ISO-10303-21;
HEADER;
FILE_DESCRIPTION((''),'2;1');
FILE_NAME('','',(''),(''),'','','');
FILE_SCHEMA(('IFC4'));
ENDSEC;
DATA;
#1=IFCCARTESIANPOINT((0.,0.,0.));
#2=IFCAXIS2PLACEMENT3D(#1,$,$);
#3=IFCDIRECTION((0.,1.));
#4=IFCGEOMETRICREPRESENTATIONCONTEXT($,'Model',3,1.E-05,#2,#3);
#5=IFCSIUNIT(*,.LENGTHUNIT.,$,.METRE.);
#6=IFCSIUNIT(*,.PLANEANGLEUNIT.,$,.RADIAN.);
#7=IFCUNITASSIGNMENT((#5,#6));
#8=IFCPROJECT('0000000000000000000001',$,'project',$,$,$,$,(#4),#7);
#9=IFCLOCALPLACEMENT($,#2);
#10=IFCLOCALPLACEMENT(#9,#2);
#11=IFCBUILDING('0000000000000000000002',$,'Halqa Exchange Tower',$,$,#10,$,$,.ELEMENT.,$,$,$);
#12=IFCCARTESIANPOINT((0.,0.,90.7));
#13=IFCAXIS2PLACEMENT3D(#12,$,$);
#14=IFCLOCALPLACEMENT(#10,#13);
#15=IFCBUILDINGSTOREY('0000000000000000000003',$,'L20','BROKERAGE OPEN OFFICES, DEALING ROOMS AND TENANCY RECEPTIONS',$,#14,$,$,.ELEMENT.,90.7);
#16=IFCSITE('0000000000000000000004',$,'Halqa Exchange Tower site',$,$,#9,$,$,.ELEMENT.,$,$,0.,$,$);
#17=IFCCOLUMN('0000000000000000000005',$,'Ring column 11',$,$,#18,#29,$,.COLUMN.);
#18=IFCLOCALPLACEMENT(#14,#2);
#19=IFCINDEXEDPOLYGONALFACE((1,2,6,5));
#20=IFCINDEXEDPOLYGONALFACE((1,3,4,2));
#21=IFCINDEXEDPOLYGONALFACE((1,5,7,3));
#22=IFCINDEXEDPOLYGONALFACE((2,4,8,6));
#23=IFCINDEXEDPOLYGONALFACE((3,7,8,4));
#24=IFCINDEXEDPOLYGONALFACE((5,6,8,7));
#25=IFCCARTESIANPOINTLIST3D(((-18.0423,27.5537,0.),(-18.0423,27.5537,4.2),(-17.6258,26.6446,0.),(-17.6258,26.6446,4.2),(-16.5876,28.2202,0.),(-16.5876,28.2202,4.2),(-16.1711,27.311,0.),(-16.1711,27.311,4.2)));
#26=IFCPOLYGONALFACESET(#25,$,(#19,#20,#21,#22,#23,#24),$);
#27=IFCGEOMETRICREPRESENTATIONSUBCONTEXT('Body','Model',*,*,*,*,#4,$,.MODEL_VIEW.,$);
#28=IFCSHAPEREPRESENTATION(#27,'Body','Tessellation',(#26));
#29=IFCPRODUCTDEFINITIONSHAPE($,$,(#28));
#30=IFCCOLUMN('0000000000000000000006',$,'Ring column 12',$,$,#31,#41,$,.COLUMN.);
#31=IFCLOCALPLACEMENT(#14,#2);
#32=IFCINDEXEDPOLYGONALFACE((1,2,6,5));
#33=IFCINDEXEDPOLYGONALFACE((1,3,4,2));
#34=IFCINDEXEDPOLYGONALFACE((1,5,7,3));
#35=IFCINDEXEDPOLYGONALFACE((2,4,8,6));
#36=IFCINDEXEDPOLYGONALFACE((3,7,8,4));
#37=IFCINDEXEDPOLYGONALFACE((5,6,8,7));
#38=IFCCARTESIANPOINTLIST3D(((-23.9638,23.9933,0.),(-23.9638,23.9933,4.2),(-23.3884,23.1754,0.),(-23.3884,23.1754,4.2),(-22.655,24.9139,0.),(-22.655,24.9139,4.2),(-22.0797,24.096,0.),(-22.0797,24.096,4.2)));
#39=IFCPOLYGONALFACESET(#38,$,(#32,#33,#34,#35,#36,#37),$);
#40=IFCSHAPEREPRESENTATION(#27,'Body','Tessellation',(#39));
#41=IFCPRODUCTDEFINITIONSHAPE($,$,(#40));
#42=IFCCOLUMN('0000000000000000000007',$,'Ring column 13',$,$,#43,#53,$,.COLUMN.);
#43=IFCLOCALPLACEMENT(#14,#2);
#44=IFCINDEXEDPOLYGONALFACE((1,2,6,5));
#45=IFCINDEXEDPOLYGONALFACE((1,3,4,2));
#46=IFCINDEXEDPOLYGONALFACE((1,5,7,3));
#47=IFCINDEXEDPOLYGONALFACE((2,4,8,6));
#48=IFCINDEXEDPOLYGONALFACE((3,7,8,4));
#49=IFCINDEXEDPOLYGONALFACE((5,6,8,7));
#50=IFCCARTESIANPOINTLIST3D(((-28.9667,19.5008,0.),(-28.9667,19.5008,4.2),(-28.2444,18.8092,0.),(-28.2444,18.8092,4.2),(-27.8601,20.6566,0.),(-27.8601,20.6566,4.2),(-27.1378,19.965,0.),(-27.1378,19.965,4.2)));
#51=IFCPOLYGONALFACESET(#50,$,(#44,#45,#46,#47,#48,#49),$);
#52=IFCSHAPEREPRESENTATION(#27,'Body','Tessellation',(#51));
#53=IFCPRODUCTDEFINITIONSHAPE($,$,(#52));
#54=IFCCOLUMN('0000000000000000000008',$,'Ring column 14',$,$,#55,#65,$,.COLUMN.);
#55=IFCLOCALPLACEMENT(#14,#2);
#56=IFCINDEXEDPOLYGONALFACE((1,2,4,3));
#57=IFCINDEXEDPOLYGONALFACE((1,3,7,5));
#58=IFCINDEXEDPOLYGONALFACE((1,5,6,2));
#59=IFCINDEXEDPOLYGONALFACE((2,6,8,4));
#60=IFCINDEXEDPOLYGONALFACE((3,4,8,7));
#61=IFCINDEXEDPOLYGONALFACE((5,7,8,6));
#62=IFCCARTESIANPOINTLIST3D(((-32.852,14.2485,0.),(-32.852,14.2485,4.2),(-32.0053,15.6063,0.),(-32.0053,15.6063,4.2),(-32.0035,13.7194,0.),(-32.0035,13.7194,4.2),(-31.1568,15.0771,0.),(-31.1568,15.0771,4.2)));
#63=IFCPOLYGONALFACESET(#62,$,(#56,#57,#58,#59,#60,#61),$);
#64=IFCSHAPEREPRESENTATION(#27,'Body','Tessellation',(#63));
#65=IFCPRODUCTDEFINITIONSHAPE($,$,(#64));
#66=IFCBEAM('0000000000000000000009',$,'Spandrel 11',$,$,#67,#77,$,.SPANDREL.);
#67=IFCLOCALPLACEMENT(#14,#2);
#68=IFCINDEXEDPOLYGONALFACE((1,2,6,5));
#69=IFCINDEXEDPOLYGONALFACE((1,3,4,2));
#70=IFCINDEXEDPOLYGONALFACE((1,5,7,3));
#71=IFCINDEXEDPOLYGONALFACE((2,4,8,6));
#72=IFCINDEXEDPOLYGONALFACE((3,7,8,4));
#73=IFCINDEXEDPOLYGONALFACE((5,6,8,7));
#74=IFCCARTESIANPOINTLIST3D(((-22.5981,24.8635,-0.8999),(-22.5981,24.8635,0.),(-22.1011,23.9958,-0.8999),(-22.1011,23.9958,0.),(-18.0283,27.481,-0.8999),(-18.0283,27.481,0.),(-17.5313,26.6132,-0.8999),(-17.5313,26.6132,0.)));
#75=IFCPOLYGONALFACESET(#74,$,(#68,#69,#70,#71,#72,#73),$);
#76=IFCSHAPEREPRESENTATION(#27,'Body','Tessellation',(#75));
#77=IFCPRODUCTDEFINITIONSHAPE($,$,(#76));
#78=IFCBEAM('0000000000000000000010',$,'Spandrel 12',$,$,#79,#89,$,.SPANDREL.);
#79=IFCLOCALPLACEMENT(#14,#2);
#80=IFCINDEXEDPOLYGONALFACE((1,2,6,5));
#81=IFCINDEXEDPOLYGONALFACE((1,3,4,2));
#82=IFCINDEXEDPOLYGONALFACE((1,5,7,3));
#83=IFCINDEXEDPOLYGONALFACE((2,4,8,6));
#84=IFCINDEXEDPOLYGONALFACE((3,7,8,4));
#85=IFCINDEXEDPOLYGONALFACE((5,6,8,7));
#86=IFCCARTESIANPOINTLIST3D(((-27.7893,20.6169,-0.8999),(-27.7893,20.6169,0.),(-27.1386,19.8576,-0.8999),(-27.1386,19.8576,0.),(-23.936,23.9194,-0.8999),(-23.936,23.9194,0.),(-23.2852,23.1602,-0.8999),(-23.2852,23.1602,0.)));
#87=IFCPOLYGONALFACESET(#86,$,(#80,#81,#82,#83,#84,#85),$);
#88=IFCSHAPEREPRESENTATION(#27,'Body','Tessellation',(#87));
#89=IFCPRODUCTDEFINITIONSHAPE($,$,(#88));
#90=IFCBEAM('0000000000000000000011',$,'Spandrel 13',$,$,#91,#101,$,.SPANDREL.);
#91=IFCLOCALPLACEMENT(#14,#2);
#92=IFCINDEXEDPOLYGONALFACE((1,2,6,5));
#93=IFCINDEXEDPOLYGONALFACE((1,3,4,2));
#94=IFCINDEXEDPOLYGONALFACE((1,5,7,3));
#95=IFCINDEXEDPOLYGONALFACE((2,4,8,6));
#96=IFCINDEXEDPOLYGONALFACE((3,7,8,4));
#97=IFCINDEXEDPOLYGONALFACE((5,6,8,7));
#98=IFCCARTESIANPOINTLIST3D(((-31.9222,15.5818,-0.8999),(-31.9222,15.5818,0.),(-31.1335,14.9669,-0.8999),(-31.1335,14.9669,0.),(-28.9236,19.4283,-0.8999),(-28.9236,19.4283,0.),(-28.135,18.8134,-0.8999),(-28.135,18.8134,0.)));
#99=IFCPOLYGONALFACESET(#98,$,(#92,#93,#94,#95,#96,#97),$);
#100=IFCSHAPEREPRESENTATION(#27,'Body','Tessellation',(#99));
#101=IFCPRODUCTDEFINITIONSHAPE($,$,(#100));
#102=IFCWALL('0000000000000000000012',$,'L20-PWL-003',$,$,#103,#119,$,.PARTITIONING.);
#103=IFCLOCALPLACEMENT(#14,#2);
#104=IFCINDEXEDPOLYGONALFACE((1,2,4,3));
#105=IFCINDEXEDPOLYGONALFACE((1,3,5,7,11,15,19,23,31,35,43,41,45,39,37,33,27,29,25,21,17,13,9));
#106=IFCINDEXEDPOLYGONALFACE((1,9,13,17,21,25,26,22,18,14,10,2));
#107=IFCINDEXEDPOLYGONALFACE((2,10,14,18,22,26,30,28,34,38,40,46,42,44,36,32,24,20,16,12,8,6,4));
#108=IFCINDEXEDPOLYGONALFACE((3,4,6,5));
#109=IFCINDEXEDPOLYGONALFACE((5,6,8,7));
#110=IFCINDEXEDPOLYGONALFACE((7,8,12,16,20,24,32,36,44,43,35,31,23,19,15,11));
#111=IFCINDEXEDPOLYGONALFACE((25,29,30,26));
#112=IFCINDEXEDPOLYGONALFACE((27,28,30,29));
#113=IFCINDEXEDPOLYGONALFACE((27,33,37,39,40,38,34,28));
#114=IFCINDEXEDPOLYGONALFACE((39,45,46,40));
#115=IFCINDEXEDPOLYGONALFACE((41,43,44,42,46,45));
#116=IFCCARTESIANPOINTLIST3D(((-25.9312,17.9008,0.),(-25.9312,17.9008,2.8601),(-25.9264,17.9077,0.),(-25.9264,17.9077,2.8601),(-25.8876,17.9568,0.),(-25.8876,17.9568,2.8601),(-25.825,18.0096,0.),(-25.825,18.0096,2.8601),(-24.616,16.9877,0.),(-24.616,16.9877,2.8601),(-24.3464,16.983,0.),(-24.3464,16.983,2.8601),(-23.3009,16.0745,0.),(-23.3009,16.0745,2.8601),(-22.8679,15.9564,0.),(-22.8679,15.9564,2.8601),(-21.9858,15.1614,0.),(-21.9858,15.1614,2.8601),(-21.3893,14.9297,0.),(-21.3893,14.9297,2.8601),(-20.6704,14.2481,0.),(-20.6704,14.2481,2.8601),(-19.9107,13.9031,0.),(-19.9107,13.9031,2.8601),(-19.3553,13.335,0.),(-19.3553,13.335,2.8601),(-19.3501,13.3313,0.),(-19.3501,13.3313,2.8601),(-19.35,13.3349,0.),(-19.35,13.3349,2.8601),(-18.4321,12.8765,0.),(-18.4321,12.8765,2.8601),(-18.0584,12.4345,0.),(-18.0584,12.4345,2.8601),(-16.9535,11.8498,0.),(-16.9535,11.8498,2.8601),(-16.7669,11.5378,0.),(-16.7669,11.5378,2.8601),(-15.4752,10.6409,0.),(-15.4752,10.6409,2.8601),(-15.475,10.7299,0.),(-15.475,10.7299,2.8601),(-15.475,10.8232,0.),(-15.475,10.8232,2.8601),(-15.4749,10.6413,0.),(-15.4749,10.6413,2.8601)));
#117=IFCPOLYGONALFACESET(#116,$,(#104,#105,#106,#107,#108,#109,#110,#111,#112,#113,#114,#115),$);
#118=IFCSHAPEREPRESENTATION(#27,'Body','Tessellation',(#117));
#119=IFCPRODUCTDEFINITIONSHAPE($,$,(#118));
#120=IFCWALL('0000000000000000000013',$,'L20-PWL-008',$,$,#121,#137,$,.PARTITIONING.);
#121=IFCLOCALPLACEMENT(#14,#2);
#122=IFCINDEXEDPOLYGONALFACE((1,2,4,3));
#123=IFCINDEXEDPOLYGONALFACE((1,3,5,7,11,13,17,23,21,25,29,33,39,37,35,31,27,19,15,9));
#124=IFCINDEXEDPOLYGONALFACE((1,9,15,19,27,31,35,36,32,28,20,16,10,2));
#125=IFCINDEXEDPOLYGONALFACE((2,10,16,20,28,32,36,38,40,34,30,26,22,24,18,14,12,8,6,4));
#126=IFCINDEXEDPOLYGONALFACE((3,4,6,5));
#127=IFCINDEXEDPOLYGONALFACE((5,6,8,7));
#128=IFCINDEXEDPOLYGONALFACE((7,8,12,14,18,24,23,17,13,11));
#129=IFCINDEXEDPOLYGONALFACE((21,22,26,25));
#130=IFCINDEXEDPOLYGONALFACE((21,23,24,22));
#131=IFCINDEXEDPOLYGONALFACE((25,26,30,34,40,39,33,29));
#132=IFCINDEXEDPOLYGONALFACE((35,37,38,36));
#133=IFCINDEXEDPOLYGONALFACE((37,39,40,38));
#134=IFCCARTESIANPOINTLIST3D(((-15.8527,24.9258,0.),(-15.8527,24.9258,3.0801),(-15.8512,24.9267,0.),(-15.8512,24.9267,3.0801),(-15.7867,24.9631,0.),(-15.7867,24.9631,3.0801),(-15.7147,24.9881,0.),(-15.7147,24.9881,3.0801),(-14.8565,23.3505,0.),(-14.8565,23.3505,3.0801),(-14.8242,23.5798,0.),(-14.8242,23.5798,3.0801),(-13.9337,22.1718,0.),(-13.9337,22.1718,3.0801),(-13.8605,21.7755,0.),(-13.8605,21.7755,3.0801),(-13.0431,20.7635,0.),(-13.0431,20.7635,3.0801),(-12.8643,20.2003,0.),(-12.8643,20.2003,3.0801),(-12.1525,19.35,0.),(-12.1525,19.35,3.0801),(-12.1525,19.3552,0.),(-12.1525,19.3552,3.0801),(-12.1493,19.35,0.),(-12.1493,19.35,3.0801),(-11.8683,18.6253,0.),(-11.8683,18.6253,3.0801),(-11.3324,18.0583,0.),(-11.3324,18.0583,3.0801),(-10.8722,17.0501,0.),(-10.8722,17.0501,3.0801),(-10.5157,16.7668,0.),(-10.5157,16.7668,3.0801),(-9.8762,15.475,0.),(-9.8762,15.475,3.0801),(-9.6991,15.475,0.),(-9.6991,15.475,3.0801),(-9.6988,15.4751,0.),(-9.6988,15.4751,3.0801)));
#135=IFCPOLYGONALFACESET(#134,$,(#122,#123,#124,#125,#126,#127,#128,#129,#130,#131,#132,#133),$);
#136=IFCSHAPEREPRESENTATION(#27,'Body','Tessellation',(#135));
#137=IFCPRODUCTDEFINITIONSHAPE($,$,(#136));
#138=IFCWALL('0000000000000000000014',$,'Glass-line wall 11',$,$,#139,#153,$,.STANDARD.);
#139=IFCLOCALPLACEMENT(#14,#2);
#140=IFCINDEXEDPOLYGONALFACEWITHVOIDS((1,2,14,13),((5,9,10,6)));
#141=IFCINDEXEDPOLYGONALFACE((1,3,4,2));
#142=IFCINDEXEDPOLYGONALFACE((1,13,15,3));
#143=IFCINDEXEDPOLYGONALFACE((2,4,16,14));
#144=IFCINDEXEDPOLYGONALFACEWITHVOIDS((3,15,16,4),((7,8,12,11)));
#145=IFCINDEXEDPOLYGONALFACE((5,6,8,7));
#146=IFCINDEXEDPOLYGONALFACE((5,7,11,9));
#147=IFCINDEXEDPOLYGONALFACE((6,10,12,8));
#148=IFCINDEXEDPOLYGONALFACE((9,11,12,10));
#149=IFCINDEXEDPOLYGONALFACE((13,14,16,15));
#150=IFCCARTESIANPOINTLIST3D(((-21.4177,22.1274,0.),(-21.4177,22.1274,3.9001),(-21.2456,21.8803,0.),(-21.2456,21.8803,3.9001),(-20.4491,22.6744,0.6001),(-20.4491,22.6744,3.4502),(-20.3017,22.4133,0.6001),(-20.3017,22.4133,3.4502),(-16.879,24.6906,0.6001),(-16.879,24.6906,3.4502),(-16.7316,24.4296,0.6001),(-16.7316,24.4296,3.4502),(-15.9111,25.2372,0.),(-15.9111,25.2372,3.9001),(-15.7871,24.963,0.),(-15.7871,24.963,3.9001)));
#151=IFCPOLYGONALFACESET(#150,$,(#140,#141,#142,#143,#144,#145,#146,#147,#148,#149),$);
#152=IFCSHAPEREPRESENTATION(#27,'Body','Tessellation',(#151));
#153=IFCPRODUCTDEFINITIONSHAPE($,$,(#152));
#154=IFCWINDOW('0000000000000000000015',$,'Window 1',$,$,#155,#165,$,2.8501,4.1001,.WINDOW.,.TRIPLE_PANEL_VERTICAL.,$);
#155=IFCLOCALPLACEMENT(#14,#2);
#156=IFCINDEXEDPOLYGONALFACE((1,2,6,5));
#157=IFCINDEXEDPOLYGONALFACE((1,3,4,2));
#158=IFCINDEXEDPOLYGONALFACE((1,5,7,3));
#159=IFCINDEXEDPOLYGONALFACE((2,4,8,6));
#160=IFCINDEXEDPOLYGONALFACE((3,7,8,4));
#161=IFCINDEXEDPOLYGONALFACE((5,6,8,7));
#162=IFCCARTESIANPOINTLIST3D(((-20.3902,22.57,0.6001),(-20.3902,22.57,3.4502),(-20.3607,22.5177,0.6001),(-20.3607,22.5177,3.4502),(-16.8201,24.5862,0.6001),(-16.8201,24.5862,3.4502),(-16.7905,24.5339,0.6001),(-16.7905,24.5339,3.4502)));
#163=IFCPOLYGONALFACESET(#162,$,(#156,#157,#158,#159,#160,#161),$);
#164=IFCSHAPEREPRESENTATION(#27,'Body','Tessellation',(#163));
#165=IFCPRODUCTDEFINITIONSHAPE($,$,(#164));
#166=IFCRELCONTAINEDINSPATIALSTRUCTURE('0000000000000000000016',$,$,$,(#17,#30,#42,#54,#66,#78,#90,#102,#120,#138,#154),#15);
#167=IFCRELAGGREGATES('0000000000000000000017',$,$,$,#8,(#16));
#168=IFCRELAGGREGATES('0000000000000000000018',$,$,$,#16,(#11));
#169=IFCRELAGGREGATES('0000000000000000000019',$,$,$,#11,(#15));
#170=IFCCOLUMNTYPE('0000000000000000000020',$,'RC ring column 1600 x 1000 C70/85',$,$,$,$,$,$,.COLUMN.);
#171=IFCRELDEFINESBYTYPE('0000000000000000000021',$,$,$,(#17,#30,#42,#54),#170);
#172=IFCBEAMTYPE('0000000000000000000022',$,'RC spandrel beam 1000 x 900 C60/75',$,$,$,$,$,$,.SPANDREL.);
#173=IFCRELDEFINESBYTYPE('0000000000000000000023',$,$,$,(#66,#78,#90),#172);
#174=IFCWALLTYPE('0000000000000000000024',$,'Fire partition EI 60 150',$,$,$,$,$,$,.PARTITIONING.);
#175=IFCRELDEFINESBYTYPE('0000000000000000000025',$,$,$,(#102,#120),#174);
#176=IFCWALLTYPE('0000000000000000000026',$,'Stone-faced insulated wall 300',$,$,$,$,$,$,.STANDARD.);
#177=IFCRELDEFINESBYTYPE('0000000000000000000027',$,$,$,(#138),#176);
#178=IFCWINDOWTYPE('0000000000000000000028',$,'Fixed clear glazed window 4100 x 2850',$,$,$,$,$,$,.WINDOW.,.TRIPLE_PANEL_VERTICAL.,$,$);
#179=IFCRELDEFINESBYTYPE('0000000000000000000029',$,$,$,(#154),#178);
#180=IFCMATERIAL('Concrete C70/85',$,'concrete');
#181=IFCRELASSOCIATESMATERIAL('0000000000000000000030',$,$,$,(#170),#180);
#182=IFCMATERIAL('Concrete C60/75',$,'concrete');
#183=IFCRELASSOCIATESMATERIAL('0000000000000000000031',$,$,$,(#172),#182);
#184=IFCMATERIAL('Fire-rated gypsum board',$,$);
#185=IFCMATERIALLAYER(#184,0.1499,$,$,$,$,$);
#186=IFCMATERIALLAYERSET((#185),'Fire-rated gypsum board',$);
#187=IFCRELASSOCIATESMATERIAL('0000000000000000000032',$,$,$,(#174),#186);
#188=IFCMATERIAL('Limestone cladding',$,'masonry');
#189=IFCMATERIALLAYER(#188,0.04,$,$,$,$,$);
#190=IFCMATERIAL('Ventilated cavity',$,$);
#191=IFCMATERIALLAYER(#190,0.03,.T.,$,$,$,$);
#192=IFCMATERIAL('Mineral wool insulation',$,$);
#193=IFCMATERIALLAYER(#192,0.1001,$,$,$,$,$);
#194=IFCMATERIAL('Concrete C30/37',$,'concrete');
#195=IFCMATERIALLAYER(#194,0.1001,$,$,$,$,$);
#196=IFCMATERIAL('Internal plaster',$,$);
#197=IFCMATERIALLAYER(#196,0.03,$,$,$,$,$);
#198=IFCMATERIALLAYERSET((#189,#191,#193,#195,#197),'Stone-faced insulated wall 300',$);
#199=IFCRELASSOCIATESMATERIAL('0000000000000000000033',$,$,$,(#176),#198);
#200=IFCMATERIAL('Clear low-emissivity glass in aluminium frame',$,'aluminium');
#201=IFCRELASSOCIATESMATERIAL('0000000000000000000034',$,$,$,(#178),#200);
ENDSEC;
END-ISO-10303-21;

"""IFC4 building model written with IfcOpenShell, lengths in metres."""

from ifc_helpers import new_model, si_unit, direction, frame, frame_2d, origin, origin_2d, place, context, subcontext, project, spatial, polyline, rectangle, outline, extrude, material, layer, layer_set, material_profile, profile_set, type_object, element, fill, save


model = new_model("IFC4")

# Units and contexts
model_context = context("Model", 3, precision=1e-05, world=origin(), true_north=direction((0.0, 1.0)))
body_context = subcontext(model_context, "Body", "Model", "MODEL_VIEW")
ifc_project = project(units=[si_unit("LENGTHUNIT", "METRE"), si_unit("PLANEANGLEUNIT", "RADIAN")], contexts=[model_context])

# Site, building, storey
site_placement = place(None, origin())
site = spatial("IfcSite", under=ifc_project, at=site_placement, Name="Halqa Exchange Tower site", CompositionType="ELEMENT", RefElevation=0.0)
building_placement = place(site_placement, origin())
building = spatial("IfcBuilding", under=site, at=building_placement, Name="Halqa Exchange Tower", CompositionType="ELEMENT")
storey_placement = place(building_placement, frame((0.0, 0.0, 90.7)))
storey = spatial("IfcBuildingStorey", under=building, at=storey_placement, Name="L20", Description="BROKERAGE OPEN OFFICES, DEALING ROOMS AND TENANCY RECEPTIONS", CompositionType="ELEMENT", Elevation=90.7)

# Columns
ifc_material_1 = material(Name="Concrete C70/85", Category="concrete")
ifc_material_profile_1 = material_profile(ifc_material_1, rectangle(XDim=1.6001, YDim=1.0, at=origin_2d()), Name="1600 x 1000")
ifc_profile_set_1 = profile_set([ifc_material_profile_1], Name="Concrete C70/85")
column_type = type_object("IfcColumnType", Name="RC ring column 1600 x 1000 C70/85", PredefinedType="COLUMN", material=ifc_profile_set_1)
for number, where, z_axis, x_axis, name in (
    (1, (-17.1067, 27.4324, 0.0), (0.0, 0.0, 1.0), (-0.909126, -0.41652, 0.0), "Ring column 11"),
    (2, (-23.0217, 24.0447, 0.0), (0.0, 0.0, 1.0), (-0.817909, -0.575348, 0.0), "Ring column 12"),
    (3, (-28.0522, 19.7329, 0.0), (0.0, 0.0, 1.0), (-0.691576, -0.722304, 0.0), "Ring column 13"),
    (4, (-32.0044, 14.6628, 0.0), (0.0, 0.0, 1.0), (-0.52914, -0.848534, 0.0), "Ring column 14"),
):
    element("IfcColumn", number, at=place(storey_placement, frame(where, z_axis=z_axis, x_axis=x_axis)), inside=storey, type_object=column_type, Name=name, PredefinedType="COLUMN", context=body_context, shape_type="SweptSolid", body=[
        extrude(rectangle(XDim=1.6001, YDim=1.0, at=origin_2d()), origin(), (0.0, 0.0, 1.0), 4.2),
    ])

# Beams
ifc_material_2 = material(Name="Concrete C60/75", Category="concrete")
ifc_material_profile_2 = material_profile(ifc_material_2, rectangle(XDim=1.0, YDim=0.8999, at=origin_2d()), Name="1000 x 900")
ifc_profile_set_2 = profile_set([ifc_material_profile_2], Name="Concrete C60/75")
beam_type = type_object("IfcBeamType", Name="RC spandrel beam 1000 x 900 C60/75", PredefinedType="SPANDREL", material=ifc_profile_set_2)
beam_1_placement = place(storey_placement, frame((-17.7798, 27.0471, -0.45), z_axis=(-0.867743, -0.497012, 0.0), x_axis=(0.497012, -0.867743, 0.0)))
element("IfcBeam", 5, at=beam_1_placement, inside=storey, type_object=beam_type, Name="Spandrel 11", PredefinedType="SPANDREL", context=body_context, shape_type="SweptSolid", body=[
    extrude(rectangle(XDim=1.0, YDim=0.8999, at=origin_2d()), origin(), (0.0, 0.0, 1.0), 5.2664),
])
beam_2_placement = place(storey_placement, frame((-23.6106, 23.5398, -0.45), z_axis=(-0.759287, -0.650756, 0.0), x_axis=(0.650756, -0.759287, 0.0)))
element("IfcBeam", 6, at=beam_2_placement, inside=storey, type_object=beam_type, Name="Spandrel 12", PredefinedType="SPANDREL", context=body_context, shape_type="SweptSolid", body=[
    extrude(rectangle(XDim=1.0, YDim=0.8999, at=origin_2d()), origin(), (0.0, 0.0, 1.0), 5.075),
])
beam_3_placement = place(storey_placement, frame((-28.5293, 19.1208, -0.45), z_axis=(-0.614817, -0.78867, 0.0), x_axis=(0.78867, -0.614817, 0.0)))
element("IfcBeam", 7, at=beam_3_placement, inside=storey, type_object=beam_type, Name="Spandrel 13", PredefinedType="SPANDREL", context=body_context, shape_type="SweptSolid", body=[
    extrude(rectangle(XDim=1.0, YDim=0.8999, at=origin_2d()), origin(), (0.0, 0.0, 1.0), 4.8772),
])

# Walls
ifc_material_3 = material(Name="Fire-rated gypsum board")
ifc_layer_1 = layer(ifc_material_3, 0.1499)
ifc_layer_set_1 = layer_set([ifc_layer_1], Name="Fire-rated gypsum board")
wall_type_1 = type_object("IfcWallType", Name="Fire partition EI 60 150", PredefinedType="PARTITIONING", material=ifc_layer_set_1)
wall_1_placement = place(storey_placement, frame((-25.8884, 17.9624, 0.0), z_axis=(0.0, 0.0, 1.0), x_axis=(0.821412, -0.570335, 0.0)))
element("IfcWall", 8, at=wall_1_placement, inside=storey, type_object=wall_type_1, Name="L20-PWL-003", PredefinedType="PARTITIONING", context=body_context, shape_type="SweptSolid", body=[
    extrude(outline(polyline([(0.0, -0.075), (1.6011, -0.075), (3.2021, -0.075), (4.8032, -0.075), (6.4045, -0.075), (8.0056, -0.075), (8.01, -0.072), (8.012, -0.075), (9.5845, -0.075), (11.1567, -0.075), (12.7292, -0.075), (12.7292, -0.0745), (12.6787, -0.0017), (12.6787, -0.0017), (12.6255, 0.075), (10.8254, 0.075), (9.0254, 0.075), (7.2253, 0.075), (5.4253, 0.075), (3.6252, 0.075), (1.8252, 0.075), (0.0251, 0.075), (0.0039, -0.0042), (0.0, -0.0667), (0.0, -0.075)])), origin(), (0.0, 0.0, 1.0), 2.8601),
])
wall_2_placement = place(storey_placement, frame((-15.7893, 24.9658, 0.0), z_axis=(0.0, 0.0, 1.0), x_axis=(0.534479, -0.845182, 0.0)))
element("IfcWall", 9, at=wall_2_placement, inside=storey, type_object=wall_type_1, Name="L20-PWL-008", PredefinedType="PARTITIONING", context=body_context, shape_type="SweptSolid", body=[
    extrude(outline(polyline([(0.0, -0.075), (1.8638, -0.075), (3.7273, -0.075), (5.5911, -0.075), (7.4546, -0.075), (9.3184, -0.075), (11.1819, -0.075), (11.2766, 0.0747), (11.2766, 0.075), (9.7483, 0.075), (8.2202, 0.075), (6.6919, 0.075), (6.6902, 0.0723), (6.6858, 0.075), (5.0195, 0.075), (3.3533, 0.075), (1.6873, 0.075), (0.021, 0.075), (0.0037, 0.0007), (0.0, -0.0732), (0.0, -0.075)])), origin(), (0.0, 0.0, 1.0), 3.0801),
])

# Wall, opening, window
ifc_material_4 = material(Name="Limestone cladding", Category="masonry")
ifc_layer_2 = layer(ifc_material_4, 0.04)
ifc_material_5 = material(Name="Ventilated cavity")
ifc_layer_3 = layer(ifc_material_5, 0.03, ventilated=True)
ifc_material_6 = material(Name="Mineral wool insulation")
ifc_layer_4 = layer(ifc_material_6, 0.1001)
ifc_material_7 = material(Name="Concrete C30/37", Category="concrete")
ifc_layer_5 = layer(ifc_material_7, 0.1001)
ifc_material_8 = material(Name="Internal plaster")
ifc_layer_6 = layer(ifc_material_8, 0.03)
ifc_layer_set_2 = layer_set([ifc_layer_2, ifc_layer_3, ifc_layer_4, ifc_layer_5, ifc_layer_6], Name="Stone-faced insulated wall 300")
wall_type_2 = type_object("IfcWallType", Name="Stone-faced insulated wall 300", PredefinedType="STANDARD", material=ifc_layer_set_2)
wall_3_placement = place(storey_placement, frame((-15.8491, 25.1001, 0.0), z_axis=(0.0, 0.0, 1.0), x_axis=(-0.870738, -0.491748, 0.0)))
wall_3 = element("IfcWall", 10, at=wall_3_placement, inside=storey, type_object=wall_type_2, Name="Glass-line wall 11", PredefinedType="STANDARD", context=body_context, shape_type="SweptSolid", body=[
    extrude(outline(polyline([(-0.0134, -0.1499), (6.3105, -0.1499), (6.2822, 0.1499), (0.0134, 0.1499), (-0.0134, -0.1499)])), origin(), (0.0, 0.0, 1.0), 3.9001),
])
opening_1_placement = place(wall_3_placement, frame((1.0981, 0.0, 0.6001)))
opening_1 = element("IfcOpeningElement", 11, at=opening_1_placement, cuts=wall_3, PredefinedType="OPENING", context=body_context, shape_type="SweptSolid", body=[
    extrude(rectangle(XDim=4.1001, YDim=2.8501, at=frame_2d((2.05, 1.425))), frame((0.0, 0.1621, 0.0), z_axis=(0.0, -1.0, 0.0), x_axis=(1.0, 0.0, 0.0)), (0.0, 0.0, 1.0), 0.324),
])
ifc_material_9 = material(Name="Clear low-emissivity glass in aluminium frame", Category="aluminium")
window_type = type_object("IfcWindowType", Name="Fixed clear glazed window 4100 x 2850", PartitioningType="TRIPLE_PANEL_VERTICAL", PredefinedType="WINDOW", material=ifc_material_9)
window_1_placement = place(opening_1_placement, origin())
window_1 = element("IfcWindow", 12, at=window_1_placement, inside=storey, type_object=window_type, Name="Window 1", OverallHeight=2.8501, OverallWidth=4.1001, PartitioningType="TRIPLE_PANEL_VERTICAL", PredefinedType="WINDOW", context=body_context, shape_type="SweptSolid", body=[
    extrude(rectangle(XDim=4.1001, YDim=2.8501, at=frame_2d((2.05, 1.425))), frame((0.0, 0.03, 0.0), z_axis=(0.0, -1.0, 0.0), x_axis=(1.0, 0.0, 0.0)), (0.0, 0.0, 1.0), 0.0601),
])
fill(opening_1, window_1)

save(model, "model.ifc")
